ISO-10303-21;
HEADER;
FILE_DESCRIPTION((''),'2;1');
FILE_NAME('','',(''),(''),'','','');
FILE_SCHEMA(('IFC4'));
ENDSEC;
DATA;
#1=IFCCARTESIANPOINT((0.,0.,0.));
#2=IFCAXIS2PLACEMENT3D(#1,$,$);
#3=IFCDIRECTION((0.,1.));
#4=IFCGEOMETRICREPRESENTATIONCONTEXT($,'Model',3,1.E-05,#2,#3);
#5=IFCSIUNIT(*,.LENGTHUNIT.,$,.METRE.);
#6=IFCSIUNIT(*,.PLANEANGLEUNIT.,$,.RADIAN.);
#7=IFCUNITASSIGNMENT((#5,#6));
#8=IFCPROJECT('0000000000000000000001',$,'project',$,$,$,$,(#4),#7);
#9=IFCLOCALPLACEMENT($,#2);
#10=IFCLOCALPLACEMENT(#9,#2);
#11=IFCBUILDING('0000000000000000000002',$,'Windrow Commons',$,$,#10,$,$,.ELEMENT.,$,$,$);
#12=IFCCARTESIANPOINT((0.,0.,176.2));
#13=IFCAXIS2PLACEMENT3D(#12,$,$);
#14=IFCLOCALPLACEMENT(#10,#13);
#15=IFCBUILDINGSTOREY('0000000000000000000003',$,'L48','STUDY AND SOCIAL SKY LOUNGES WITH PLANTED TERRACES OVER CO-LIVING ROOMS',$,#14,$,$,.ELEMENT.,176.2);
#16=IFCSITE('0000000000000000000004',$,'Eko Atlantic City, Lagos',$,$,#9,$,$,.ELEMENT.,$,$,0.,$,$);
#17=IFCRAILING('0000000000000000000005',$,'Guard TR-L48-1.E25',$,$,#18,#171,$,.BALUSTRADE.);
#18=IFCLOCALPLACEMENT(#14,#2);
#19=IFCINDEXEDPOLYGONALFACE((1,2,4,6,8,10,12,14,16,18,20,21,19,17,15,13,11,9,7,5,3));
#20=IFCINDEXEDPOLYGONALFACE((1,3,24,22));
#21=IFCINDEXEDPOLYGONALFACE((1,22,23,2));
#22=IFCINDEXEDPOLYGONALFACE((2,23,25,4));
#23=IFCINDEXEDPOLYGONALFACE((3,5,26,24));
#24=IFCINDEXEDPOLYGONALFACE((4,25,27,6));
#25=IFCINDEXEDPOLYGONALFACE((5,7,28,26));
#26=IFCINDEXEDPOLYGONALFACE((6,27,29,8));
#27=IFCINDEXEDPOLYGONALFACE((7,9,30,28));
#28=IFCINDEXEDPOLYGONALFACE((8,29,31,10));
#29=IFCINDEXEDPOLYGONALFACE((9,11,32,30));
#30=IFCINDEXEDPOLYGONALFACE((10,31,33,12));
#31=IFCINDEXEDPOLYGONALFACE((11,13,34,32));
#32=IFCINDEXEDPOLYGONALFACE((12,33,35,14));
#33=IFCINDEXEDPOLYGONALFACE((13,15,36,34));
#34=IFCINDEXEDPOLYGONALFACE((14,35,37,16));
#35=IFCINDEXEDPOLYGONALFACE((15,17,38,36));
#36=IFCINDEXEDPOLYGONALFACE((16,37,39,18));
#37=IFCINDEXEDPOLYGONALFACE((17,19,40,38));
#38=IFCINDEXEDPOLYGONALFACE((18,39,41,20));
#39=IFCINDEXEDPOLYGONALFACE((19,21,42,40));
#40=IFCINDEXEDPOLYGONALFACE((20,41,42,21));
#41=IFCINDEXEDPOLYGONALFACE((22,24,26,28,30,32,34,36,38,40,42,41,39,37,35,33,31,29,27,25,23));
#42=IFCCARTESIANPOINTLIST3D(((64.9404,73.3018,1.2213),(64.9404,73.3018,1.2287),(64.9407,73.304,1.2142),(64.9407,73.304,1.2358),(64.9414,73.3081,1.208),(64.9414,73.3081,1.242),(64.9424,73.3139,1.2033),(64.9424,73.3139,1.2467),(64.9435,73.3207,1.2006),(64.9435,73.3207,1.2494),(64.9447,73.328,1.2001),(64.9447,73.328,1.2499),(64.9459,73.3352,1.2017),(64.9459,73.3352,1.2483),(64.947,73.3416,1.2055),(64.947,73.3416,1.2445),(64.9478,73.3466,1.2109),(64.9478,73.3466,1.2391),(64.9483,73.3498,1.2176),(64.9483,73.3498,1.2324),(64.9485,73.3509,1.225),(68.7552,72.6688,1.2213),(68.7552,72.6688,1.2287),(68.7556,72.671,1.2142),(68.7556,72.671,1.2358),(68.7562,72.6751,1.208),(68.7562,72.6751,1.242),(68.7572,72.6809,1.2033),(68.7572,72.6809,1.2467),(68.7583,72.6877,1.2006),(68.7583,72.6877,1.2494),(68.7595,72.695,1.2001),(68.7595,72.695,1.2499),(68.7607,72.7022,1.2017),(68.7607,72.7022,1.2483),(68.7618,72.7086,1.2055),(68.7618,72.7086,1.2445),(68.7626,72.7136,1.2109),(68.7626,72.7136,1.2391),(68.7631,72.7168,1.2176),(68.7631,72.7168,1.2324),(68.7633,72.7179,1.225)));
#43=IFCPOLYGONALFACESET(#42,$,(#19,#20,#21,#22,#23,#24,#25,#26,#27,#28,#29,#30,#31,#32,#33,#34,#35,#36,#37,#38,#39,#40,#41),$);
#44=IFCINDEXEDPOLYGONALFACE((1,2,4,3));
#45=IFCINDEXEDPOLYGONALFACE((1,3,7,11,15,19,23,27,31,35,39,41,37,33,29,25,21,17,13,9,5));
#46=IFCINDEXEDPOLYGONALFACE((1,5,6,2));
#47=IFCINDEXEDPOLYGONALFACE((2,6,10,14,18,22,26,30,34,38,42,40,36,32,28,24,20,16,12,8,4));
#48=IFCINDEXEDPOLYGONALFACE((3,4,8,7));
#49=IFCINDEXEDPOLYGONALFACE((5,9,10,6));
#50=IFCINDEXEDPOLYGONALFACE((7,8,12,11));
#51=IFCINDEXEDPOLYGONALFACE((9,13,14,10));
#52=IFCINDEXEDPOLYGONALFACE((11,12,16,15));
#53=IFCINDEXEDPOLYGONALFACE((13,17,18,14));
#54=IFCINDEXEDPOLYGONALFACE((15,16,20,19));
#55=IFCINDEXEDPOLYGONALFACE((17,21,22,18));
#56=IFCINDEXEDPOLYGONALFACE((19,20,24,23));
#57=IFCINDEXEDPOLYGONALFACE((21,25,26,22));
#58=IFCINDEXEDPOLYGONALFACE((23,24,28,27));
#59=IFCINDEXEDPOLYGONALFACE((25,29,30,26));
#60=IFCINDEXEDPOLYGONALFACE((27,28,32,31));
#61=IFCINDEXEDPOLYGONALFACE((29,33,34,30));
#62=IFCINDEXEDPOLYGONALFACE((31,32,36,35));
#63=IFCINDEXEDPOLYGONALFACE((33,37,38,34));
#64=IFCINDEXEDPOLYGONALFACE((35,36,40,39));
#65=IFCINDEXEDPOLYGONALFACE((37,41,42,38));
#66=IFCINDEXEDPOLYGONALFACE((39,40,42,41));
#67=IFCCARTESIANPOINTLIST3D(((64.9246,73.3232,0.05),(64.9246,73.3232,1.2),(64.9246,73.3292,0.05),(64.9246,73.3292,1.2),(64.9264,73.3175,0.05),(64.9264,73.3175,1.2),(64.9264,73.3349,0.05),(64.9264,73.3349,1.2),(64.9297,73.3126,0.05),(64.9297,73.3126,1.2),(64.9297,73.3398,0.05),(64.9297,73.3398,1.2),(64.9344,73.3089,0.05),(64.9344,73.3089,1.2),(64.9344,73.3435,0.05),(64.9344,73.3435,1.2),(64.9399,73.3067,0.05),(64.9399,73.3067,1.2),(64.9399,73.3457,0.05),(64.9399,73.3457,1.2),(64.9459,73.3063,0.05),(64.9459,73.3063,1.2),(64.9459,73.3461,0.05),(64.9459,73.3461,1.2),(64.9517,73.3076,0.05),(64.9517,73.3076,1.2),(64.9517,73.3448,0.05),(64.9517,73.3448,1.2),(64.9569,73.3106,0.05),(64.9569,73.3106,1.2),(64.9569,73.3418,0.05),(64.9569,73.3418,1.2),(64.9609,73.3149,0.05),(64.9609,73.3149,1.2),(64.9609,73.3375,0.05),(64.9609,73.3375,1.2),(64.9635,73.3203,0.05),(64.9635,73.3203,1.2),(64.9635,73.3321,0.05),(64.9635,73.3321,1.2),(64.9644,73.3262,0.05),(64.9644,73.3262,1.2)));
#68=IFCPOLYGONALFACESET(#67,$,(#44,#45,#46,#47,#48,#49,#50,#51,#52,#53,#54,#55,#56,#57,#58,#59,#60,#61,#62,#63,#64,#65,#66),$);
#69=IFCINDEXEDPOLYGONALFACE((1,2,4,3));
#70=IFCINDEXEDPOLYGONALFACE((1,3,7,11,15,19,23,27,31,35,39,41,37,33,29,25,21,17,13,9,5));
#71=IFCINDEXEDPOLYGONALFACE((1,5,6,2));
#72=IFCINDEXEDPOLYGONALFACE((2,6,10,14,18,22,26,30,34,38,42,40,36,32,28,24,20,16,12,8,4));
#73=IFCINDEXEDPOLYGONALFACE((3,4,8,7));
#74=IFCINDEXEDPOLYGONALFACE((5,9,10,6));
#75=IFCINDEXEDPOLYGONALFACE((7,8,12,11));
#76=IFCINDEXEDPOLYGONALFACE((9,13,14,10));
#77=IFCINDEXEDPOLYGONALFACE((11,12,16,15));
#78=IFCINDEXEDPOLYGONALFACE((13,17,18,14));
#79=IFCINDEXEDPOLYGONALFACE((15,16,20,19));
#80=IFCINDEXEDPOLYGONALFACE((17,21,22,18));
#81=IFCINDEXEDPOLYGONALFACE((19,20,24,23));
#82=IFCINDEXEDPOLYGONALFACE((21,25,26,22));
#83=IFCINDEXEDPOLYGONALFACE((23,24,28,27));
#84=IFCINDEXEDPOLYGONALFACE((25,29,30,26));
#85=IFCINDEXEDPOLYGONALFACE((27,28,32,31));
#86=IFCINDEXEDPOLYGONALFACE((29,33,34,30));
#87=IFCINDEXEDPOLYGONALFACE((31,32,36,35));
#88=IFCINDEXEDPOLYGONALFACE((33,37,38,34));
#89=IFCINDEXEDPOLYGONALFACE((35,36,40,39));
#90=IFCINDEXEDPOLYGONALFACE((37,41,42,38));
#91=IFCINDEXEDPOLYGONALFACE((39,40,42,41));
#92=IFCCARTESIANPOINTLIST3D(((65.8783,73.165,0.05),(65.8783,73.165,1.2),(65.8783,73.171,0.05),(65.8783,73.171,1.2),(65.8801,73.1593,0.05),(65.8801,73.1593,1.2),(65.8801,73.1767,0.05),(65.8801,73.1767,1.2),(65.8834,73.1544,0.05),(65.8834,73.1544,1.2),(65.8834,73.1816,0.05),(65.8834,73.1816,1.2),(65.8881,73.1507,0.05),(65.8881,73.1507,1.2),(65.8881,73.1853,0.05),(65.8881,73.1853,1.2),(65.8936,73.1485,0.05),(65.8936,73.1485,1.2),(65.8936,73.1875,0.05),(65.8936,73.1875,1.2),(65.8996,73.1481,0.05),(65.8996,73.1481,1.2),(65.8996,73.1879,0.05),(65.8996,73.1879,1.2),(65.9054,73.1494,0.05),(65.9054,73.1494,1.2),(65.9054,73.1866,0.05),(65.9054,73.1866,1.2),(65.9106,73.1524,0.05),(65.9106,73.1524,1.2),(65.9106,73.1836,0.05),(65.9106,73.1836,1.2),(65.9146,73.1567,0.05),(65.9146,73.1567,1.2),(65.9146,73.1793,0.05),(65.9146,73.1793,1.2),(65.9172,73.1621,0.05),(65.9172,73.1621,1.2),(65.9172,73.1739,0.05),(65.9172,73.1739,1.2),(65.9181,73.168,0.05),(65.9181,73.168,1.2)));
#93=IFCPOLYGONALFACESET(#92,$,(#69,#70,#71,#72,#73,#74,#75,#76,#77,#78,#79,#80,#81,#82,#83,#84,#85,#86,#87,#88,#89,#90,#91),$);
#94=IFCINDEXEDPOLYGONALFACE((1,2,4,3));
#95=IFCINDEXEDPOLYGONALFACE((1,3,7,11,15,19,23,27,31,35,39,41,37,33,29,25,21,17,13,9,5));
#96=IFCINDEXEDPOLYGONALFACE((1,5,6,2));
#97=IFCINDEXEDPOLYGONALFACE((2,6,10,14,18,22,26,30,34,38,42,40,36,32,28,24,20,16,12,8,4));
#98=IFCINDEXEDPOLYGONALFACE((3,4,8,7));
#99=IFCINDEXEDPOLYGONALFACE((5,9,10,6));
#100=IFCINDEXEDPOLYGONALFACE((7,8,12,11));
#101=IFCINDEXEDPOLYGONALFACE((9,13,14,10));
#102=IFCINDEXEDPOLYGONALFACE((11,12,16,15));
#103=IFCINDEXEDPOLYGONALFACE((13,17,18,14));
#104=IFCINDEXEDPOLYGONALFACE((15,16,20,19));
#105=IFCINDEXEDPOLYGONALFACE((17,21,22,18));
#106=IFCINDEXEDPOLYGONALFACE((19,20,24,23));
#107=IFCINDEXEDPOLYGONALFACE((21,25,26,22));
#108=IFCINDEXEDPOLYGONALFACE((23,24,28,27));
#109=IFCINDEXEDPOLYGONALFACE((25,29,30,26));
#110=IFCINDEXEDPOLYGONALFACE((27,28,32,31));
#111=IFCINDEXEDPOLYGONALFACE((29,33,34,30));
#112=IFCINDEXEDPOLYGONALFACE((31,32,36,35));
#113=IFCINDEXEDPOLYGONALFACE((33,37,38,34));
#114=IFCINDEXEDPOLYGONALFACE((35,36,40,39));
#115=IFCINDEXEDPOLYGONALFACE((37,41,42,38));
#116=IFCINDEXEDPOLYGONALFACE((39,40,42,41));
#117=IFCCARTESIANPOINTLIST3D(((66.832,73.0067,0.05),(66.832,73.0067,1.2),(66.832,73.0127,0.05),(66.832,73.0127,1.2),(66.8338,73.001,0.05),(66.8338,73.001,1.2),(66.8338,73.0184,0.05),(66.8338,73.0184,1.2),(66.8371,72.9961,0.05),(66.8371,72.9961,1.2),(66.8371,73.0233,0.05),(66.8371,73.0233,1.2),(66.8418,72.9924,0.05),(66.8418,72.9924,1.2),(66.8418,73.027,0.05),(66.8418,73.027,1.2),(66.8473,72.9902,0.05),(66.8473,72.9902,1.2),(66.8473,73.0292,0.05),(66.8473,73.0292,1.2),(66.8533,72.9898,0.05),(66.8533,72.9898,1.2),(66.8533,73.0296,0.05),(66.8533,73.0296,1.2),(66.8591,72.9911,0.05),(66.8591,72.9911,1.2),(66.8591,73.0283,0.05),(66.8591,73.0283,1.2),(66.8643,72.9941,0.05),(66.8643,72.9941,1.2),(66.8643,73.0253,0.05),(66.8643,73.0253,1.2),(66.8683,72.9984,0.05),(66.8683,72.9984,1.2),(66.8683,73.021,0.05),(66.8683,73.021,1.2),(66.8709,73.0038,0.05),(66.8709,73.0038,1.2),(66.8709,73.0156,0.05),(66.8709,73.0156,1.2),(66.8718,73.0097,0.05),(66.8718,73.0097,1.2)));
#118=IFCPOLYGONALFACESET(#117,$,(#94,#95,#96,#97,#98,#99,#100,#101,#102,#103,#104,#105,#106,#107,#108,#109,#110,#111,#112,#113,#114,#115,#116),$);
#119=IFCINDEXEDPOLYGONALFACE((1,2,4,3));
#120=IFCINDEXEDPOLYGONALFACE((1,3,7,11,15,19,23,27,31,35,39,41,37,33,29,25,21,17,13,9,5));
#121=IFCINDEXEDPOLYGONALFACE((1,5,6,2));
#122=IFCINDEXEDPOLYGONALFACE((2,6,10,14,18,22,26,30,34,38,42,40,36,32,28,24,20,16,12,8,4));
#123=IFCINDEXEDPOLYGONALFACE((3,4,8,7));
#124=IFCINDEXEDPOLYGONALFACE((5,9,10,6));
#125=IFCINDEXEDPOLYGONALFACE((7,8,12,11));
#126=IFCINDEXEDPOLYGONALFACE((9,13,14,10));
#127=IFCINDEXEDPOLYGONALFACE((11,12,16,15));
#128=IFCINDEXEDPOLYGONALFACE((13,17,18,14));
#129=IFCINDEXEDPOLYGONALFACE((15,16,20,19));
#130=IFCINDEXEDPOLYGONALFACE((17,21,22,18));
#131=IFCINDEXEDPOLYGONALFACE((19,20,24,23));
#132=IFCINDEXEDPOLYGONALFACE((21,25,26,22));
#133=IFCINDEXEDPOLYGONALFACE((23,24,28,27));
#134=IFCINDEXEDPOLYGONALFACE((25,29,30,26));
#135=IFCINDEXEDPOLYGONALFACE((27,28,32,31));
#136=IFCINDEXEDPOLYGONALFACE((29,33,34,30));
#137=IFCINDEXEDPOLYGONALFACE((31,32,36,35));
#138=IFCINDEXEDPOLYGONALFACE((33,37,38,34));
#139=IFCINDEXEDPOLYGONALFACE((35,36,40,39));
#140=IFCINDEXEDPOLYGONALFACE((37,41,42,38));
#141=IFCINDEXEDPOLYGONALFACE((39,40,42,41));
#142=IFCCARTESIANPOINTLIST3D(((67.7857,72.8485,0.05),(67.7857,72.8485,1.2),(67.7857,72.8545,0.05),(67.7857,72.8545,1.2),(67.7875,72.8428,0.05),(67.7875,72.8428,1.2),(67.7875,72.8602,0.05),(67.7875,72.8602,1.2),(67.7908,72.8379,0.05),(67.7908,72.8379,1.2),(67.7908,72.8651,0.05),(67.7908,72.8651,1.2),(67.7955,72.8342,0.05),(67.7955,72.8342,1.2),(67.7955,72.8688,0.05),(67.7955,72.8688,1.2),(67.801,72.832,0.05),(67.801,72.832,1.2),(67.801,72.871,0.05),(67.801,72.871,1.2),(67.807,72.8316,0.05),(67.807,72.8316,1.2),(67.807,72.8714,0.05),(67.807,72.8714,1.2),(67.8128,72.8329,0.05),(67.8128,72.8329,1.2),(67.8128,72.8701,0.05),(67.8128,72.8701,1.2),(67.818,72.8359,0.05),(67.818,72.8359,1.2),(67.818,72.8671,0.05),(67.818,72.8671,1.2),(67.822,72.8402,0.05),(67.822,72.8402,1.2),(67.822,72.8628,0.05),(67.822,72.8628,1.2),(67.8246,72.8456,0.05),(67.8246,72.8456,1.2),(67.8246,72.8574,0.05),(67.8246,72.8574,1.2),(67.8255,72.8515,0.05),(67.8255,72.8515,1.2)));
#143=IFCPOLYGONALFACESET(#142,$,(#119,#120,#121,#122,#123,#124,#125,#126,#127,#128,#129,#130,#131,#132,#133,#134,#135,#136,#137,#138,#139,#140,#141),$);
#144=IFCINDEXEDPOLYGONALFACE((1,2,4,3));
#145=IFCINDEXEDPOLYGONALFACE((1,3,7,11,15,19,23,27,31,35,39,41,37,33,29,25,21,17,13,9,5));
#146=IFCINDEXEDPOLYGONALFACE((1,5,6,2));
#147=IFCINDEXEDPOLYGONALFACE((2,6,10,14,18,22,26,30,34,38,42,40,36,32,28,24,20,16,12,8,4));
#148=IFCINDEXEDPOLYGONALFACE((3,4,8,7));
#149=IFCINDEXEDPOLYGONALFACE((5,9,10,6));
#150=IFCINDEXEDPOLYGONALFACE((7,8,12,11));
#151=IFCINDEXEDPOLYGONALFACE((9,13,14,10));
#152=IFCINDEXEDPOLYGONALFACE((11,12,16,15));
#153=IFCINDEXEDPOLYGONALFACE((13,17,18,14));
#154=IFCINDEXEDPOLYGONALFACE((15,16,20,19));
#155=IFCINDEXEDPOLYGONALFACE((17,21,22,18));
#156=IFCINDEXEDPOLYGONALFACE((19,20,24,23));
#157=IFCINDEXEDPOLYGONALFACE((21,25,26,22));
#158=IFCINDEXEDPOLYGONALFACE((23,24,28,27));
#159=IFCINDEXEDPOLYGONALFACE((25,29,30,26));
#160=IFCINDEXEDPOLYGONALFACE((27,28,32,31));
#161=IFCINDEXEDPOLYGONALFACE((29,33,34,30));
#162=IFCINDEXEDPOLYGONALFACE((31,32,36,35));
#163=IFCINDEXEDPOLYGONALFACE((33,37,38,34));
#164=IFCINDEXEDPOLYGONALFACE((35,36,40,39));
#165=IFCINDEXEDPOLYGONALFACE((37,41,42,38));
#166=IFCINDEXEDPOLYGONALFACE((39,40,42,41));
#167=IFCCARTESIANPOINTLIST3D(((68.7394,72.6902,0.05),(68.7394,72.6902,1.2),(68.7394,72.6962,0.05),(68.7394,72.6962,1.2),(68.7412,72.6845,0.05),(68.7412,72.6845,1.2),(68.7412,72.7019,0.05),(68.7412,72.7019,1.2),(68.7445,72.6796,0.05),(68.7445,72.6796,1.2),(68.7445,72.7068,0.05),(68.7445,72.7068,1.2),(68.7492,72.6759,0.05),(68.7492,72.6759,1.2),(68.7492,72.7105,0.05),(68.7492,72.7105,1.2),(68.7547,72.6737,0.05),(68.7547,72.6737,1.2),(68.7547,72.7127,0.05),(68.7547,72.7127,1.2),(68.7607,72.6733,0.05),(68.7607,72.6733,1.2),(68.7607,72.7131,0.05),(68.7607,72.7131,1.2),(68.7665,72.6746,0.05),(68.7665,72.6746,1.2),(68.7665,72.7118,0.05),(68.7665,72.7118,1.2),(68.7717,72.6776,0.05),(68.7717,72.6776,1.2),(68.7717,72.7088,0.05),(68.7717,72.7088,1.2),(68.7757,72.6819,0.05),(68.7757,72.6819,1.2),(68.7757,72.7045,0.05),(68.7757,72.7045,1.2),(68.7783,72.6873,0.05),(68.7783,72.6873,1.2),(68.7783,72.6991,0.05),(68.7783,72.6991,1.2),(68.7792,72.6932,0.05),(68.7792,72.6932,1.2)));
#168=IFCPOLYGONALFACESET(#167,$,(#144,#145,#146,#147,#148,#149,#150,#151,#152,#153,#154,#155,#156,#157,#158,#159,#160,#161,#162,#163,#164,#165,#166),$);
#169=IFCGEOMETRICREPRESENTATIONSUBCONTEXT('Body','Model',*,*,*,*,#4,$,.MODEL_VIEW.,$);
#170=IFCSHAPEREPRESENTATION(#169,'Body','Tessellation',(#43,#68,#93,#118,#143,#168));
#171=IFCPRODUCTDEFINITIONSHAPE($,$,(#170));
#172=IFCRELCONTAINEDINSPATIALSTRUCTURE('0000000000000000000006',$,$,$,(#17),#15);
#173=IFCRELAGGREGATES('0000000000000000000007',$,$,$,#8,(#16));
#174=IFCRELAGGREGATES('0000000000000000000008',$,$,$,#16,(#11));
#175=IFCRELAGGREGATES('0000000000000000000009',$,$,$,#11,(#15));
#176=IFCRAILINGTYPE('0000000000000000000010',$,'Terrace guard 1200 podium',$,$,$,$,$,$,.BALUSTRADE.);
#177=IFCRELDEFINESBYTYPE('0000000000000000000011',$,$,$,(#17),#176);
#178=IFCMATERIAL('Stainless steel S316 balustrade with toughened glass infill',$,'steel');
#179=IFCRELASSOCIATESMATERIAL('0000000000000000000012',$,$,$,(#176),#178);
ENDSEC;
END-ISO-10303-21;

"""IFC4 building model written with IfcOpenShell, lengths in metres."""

from ifc_helpers import new_model, si_unit, direction, frame, origin, origin_2d, place, context, subcontext, project, spatial, circle, extrude, material, type_object, element, save


model = new_model("IFC4")

# Units and contexts
model_context = context("Model", 3, precision=1e-05, world=origin(), true_north=direction((0.0, 1.0)))
body_context = subcontext(model_context, "Body", "Model", "MODEL_VIEW")
ifc_project = project(units=[si_unit("LENGTHUNIT", "METRE"), si_unit("PLANEANGLEUNIT", "RADIAN")], contexts=[model_context])

# Site, building, storey
site_placement = place(None, origin())
site = spatial("IfcSite", under=ifc_project, at=site_placement, Name="Eko Atlantic City, Lagos", CompositionType="ELEMENT", RefElevation=0.0)
building_placement = place(site_placement, origin())
building = spatial("IfcBuilding", under=site, at=building_placement, Name="Windrow Commons", CompositionType="ELEMENT")
storey_placement = place(building_placement, frame((0.0, 0.0, 176.2)))
storey = spatial("IfcBuildingStorey", under=building, at=storey_placement, Name="L48", Description="STUDY AND SOCIAL SKY LOUNGES WITH PLANTED TERRACES OVER CO-LIVING ROOMS", CompositionType="ELEMENT", Elevation=176.2)

# Railing
ifc_material_1 = material(Name="Stainless steel S316 balustrade with toughened glass infill", Category="steel")
railing_type_1 = type_object("IfcRailingType", Name="Terrace guard 1200 podium", PredefinedType="BALUSTRADE", material=ifc_material_1)
railing_1_placement = place(storey_placement, frame((64.9444, 73.3262, 0.05)))
element("IfcRailing", 1, at=railing_1_placement, inside=storey, type_object=railing_type_1, Name="Guard TR-L48-1.E25", PredefinedType="BALUSTRADE", context=body_context, shape_type="SweptSolid", body=[
    extrude(circle(Radius=0.025, at=origin_2d()), frame((0.0, 0.0, 1.175), z_axis=(0.986511, -0.163694, 0.0), x_axis=(0.163694, 0.986511, 0.0)), (0.0, 0.0, 1.0), 3.867),
    extrude(circle(Radius=0.02, at=origin_2d()), origin(), (0.0, 0.0, 1.0), 1.15),
    extrude(circle(Radius=0.02, at=origin_2d()), frame((0.9537, -0.1582, 0.0)), (0.0, 0.0, 1.0), 1.15),
    extrude(circle(Radius=0.02, at=origin_2d()), frame((1.9074, -0.3165, 0.0)), (0.0, 0.0, 1.0), 1.15),
    extrude(circle(Radius=0.02, at=origin_2d()), frame((2.8611, -0.4747, 0.0)), (0.0, 0.0, 1.0), 1.15),
    extrude(circle(Radius=0.02, at=origin_2d()), frame((3.8148, -0.633, 0.0)), (0.0, 0.0, 1.0), 1.15),
])

save(model, "model.ifc")
